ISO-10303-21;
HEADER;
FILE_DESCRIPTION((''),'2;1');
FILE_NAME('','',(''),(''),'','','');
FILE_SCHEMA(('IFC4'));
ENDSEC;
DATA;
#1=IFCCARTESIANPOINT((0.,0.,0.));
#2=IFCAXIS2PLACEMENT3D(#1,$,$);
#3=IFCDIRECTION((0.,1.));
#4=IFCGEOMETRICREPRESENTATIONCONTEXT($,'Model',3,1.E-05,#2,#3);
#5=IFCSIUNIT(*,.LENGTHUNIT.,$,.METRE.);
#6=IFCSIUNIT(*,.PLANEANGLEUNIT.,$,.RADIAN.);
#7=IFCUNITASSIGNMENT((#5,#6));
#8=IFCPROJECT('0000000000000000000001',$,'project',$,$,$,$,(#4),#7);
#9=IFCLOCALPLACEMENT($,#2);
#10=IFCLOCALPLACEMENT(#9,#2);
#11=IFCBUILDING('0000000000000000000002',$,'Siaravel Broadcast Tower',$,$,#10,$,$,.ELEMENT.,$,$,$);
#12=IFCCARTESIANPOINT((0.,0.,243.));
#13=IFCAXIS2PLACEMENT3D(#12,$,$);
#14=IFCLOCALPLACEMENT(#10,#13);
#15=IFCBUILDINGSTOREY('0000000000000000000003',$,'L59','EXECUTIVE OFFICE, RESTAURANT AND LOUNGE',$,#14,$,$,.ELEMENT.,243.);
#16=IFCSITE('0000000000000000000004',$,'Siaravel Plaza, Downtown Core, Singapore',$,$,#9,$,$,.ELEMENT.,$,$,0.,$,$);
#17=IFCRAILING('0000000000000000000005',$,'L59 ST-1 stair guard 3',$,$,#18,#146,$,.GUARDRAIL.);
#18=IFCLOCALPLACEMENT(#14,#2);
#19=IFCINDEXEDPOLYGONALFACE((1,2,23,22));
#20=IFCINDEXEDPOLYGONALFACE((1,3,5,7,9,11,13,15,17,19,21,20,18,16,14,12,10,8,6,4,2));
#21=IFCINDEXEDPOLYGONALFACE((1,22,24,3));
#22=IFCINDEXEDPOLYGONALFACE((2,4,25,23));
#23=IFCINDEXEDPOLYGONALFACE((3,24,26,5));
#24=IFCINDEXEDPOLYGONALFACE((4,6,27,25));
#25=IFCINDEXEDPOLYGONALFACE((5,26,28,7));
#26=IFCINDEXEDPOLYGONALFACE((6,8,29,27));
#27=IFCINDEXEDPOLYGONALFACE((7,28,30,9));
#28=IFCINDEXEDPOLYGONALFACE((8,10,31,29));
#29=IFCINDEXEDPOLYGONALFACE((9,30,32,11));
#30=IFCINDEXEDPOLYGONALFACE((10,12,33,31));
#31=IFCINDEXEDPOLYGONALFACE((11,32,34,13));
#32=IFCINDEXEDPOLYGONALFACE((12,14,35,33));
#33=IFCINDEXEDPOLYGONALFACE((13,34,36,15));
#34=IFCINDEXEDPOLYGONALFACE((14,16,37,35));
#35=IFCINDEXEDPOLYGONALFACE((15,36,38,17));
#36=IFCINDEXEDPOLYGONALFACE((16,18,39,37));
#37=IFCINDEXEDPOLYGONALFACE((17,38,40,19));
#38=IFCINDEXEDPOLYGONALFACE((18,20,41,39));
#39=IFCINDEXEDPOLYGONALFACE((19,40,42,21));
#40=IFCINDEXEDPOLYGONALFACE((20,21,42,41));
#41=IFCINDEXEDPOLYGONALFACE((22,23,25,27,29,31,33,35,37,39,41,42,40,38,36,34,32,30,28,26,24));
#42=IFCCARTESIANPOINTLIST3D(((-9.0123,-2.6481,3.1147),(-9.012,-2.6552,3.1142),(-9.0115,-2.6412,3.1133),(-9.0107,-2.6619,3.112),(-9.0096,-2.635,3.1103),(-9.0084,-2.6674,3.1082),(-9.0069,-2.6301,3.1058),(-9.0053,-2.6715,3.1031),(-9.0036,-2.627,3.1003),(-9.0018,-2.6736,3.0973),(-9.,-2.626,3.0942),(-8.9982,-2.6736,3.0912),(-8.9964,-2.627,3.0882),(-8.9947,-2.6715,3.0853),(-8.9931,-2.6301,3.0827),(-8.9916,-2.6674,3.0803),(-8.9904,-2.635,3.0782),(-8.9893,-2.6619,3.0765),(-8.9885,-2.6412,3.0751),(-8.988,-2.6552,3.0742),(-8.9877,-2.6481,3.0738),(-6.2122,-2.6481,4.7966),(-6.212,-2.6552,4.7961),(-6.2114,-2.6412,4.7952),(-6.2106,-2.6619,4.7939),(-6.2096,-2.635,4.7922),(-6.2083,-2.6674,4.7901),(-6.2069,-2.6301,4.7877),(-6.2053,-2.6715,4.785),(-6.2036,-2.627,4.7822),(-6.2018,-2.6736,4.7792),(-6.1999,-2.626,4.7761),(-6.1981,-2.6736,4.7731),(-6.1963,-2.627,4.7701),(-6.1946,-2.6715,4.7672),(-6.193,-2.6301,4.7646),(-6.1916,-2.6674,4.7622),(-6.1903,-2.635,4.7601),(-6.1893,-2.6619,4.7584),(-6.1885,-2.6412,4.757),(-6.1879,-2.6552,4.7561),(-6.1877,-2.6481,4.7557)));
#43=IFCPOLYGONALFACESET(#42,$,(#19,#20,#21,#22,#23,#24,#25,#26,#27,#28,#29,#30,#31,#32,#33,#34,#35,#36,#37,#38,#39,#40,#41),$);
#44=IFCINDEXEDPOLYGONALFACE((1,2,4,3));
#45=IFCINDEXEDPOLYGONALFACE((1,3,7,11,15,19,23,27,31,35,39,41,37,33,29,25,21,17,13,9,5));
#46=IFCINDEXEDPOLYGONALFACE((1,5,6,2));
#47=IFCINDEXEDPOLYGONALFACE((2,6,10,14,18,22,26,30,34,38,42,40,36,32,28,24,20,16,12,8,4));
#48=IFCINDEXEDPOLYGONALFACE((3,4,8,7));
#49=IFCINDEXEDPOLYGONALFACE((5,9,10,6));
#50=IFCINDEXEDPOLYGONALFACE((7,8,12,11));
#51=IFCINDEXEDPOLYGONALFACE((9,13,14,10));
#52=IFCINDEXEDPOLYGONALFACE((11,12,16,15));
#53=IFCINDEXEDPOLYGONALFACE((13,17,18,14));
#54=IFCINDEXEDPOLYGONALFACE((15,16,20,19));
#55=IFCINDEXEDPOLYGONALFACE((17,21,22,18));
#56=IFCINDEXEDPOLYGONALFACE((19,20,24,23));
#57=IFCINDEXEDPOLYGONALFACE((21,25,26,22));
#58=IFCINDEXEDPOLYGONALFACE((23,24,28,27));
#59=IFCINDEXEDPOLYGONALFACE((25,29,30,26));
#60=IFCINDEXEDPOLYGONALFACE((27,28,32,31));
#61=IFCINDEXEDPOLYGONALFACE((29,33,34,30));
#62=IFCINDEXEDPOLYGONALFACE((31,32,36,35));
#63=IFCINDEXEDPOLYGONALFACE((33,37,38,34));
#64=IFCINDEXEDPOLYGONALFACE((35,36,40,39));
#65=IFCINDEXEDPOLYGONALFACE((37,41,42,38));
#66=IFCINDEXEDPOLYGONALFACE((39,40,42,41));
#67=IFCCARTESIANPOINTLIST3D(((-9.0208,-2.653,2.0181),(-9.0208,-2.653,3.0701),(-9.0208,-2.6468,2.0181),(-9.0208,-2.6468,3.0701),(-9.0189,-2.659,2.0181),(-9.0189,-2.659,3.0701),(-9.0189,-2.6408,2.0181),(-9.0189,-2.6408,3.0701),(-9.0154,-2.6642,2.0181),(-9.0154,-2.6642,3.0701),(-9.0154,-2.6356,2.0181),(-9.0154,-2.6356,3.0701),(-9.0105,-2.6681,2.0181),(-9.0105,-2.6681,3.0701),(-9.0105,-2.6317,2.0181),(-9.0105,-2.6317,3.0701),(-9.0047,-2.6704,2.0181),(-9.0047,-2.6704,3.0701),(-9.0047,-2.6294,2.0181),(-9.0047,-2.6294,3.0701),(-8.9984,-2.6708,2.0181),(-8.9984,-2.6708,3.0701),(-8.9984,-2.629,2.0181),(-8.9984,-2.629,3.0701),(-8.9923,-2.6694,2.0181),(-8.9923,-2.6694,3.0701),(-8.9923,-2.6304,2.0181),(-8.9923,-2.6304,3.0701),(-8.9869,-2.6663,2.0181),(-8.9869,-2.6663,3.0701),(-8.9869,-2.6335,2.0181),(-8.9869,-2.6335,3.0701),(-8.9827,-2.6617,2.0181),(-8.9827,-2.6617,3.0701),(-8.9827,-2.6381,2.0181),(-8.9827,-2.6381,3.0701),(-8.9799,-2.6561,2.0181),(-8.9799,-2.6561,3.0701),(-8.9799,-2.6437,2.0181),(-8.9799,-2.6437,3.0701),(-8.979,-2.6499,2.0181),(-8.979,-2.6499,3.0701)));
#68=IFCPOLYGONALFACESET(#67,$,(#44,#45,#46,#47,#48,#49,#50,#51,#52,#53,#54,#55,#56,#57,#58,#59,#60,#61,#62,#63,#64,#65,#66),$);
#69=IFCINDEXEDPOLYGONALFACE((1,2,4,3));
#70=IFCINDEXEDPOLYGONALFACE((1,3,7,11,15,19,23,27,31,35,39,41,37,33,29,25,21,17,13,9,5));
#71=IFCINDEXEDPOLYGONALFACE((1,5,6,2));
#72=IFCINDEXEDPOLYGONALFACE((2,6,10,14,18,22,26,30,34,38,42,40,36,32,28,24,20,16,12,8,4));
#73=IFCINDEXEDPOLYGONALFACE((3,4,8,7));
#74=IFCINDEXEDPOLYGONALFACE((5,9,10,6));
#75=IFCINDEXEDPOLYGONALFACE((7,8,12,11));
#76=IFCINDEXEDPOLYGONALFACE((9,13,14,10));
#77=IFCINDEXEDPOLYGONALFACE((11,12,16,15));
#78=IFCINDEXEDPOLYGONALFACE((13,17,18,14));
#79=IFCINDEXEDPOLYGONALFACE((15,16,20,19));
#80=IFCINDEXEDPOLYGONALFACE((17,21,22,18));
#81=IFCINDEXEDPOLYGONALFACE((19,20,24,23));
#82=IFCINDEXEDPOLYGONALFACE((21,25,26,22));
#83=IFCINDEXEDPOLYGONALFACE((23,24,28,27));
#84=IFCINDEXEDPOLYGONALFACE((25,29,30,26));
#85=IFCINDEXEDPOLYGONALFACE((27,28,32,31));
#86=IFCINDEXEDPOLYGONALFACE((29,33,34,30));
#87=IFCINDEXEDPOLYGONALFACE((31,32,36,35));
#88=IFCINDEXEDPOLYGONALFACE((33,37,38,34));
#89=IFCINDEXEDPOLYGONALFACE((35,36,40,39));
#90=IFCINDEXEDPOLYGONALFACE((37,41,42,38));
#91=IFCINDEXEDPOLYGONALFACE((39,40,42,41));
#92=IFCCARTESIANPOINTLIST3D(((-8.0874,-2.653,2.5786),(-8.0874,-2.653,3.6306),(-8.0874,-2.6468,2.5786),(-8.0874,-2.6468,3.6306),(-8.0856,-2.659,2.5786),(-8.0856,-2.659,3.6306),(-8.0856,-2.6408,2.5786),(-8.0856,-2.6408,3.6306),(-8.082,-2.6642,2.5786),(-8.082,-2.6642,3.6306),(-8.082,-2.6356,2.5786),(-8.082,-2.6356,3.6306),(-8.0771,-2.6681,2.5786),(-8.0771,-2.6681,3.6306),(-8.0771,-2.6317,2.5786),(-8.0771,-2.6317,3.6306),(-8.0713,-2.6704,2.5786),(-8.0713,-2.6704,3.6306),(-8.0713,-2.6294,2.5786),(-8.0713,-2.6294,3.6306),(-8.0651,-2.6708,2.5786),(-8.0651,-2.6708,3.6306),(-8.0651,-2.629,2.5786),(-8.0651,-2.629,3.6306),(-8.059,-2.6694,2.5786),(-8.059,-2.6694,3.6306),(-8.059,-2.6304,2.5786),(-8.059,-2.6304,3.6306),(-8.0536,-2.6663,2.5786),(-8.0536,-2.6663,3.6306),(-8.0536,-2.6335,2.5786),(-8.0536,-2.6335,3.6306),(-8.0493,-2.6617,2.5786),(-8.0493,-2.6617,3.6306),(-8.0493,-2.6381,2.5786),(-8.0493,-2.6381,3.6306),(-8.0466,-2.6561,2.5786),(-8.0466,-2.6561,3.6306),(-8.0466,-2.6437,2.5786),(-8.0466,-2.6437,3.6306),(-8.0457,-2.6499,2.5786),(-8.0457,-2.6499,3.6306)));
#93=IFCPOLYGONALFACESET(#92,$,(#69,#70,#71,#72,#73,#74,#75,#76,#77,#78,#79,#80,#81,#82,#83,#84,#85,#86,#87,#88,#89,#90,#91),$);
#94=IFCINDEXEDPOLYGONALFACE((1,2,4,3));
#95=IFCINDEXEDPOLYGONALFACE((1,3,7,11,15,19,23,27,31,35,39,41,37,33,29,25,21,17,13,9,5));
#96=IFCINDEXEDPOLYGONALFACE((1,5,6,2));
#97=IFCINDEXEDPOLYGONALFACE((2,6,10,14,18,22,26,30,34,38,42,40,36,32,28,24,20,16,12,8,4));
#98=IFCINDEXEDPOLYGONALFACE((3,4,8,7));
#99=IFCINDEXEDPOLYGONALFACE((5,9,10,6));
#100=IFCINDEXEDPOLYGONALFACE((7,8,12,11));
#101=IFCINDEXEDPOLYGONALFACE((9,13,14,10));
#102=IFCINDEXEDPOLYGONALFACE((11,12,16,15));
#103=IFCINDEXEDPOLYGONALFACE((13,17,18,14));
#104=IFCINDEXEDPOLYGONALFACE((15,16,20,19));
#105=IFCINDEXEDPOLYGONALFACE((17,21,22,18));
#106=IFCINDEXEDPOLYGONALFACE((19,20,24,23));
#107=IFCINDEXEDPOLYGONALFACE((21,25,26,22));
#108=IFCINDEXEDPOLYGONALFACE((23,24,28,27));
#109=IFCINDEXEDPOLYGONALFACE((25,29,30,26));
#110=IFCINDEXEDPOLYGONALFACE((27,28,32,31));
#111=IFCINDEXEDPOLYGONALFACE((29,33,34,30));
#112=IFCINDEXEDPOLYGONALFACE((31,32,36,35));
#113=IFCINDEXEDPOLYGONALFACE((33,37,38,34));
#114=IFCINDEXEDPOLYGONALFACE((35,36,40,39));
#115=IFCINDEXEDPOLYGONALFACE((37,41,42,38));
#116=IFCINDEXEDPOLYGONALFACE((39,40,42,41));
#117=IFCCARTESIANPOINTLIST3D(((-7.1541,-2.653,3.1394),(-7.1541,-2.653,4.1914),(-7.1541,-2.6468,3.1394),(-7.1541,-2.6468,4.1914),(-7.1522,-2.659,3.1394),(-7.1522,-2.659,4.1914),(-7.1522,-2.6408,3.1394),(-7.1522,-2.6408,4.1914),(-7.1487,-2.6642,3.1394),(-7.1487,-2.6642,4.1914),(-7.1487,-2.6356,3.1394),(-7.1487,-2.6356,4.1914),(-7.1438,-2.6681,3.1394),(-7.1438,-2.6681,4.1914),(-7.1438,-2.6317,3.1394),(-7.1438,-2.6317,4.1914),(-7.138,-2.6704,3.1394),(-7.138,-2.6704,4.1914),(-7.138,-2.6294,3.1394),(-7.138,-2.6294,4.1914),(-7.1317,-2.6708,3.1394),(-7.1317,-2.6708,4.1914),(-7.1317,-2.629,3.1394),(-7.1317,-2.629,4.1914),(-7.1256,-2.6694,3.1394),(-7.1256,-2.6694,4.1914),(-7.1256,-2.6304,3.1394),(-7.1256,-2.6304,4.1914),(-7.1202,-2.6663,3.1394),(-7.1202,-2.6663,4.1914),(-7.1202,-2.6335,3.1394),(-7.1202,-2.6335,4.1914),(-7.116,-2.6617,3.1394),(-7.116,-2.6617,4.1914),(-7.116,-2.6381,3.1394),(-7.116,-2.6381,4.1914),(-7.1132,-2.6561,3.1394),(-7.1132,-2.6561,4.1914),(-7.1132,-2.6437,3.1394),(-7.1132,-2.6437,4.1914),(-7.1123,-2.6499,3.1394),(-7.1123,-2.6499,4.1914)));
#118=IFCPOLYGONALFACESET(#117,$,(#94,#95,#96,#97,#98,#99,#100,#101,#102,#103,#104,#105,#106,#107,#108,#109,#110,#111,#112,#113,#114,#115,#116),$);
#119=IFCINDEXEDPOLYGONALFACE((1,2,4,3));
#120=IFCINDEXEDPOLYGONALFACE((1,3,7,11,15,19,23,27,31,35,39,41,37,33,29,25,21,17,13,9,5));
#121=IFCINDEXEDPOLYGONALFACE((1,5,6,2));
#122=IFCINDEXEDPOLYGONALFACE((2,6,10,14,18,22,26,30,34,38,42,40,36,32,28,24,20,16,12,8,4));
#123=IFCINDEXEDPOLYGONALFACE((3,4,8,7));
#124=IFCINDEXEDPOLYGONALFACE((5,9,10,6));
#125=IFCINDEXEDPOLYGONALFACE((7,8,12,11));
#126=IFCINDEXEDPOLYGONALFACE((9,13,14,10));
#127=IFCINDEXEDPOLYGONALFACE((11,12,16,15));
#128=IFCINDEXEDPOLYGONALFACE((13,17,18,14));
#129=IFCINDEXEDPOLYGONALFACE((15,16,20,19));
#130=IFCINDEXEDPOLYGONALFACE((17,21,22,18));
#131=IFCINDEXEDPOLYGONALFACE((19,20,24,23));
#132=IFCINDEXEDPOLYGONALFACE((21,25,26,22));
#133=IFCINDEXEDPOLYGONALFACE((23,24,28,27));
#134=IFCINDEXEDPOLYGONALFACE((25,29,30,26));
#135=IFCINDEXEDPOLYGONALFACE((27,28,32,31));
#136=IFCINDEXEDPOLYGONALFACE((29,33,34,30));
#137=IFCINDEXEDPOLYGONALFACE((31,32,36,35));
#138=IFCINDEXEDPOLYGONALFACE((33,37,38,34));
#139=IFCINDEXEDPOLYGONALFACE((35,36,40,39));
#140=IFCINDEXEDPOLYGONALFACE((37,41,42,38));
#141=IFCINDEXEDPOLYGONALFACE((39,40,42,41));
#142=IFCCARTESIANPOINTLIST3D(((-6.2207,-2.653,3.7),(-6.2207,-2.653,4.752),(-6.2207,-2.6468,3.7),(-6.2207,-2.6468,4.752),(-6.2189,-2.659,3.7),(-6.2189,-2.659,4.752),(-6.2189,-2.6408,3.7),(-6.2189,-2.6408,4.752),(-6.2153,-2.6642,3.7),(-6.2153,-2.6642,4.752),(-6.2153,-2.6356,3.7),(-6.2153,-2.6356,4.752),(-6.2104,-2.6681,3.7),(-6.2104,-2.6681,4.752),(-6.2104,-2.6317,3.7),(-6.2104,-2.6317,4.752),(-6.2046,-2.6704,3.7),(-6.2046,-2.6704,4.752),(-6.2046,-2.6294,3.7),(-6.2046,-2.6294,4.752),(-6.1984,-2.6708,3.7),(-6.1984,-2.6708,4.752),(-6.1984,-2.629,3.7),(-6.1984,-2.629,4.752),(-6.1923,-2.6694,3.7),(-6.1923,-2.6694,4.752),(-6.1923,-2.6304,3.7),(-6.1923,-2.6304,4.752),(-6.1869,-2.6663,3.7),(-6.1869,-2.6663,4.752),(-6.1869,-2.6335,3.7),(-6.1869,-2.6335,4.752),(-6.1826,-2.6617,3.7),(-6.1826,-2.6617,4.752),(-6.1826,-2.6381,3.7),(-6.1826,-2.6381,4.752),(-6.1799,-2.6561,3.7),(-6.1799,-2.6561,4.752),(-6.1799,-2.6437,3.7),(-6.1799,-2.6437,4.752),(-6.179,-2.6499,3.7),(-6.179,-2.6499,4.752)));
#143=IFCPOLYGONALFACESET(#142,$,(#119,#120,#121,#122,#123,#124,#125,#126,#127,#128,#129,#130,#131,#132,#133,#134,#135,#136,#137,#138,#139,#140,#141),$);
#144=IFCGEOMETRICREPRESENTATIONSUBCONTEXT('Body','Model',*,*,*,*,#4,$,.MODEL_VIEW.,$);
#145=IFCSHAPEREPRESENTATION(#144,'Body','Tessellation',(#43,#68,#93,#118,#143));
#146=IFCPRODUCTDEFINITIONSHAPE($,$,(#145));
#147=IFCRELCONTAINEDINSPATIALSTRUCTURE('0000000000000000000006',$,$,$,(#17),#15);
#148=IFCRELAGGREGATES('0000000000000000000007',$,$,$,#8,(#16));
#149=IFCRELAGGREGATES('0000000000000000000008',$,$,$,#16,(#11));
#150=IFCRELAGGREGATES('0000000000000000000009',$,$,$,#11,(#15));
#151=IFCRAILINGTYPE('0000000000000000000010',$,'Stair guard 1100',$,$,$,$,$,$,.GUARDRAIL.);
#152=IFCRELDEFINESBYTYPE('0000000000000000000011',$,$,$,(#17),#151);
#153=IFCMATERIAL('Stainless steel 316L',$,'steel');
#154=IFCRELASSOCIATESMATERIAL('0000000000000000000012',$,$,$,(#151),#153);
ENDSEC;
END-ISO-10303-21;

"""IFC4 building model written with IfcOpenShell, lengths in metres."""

from ifc_helpers import new_model, si_unit, direction, frame, origin, origin_2d, place, context, subcontext, project, spatial, circle, extrude, material, type_object, element, save


model = new_model("IFC4")

# Units and contexts
model_context = context("Model", 3, precision=1e-05, world=origin(), true_north=direction((0.0, 1.0)))
body_context = subcontext(model_context, "Body", "Model", "MODEL_VIEW")
ifc_project = project(units=[si_unit("LENGTHUNIT", "METRE"), si_unit("PLANEANGLEUNIT", "RADIAN")], contexts=[model_context])

# Site, building, storey
site_placement = place(None, origin())
site = spatial("IfcSite", under=ifc_project, at=site_placement, Name="Siaravel Plaza, Downtown Core, Singapore", CompositionType="ELEMENT", RefElevation=0.0)
building_placement = place(site_placement, origin())
building = spatial("IfcBuilding", under=site, at=building_placement, Name="Siaravel Broadcast Tower", CompositionType="ELEMENT")
storey_placement = place(building_placement, frame((0.0, 0.0, 243.0)))
storey = spatial("IfcBuildingStorey", under=building, at=storey_placement, Name="L59", Description="EXECUTIVE OFFICE, RESTAURANT AND LOUNGE", CompositionType="ELEMENT", Elevation=243.0)

# Shared definitions
ifc_material_1 = material(Name="Stainless steel 316L", Category="steel")

# Railing
railing_type_1 = type_object("IfcRailingType", Name="Stair guard 1100", PredefinedType="GUARDRAIL", material=ifc_material_1)
railing_1_placement = place(storey_placement, frame((-9.0, -2.6499, 2.0181)))
element("IfcRailing", 1, at=railing_1_placement, inside=storey, type_object=railing_type_1, Name="L59 ST-1 stair guard 3", PredefinedType="GUARDRAIL", context=body_context, shape_type="SweptSolid", body=[
    extrude(circle(Radius=0.0239, at=origin_2d()), frame((0.0, 0.0, 1.0762), z_axis=(0.857242, 0.0, 0.514913), x_axis=(0.0, 1.0, 0.0)), (0.0, 0.0, 1.0), 3.2664),
    extrude(circle(Radius=0.021, at=origin_2d()), origin(), (0.0, 0.0, 1.0), 1.052),
    extrude(circle(Radius=0.021, at=origin_2d()), frame((0.9333, 0.0, 0.5605)), (0.0, 0.0, 1.0), 1.052),
    extrude(circle(Radius=0.021, at=origin_2d()), frame((1.8667, 0.0, 1.1213)), (0.0, 0.0, 1.0), 1.052),
    extrude(circle(Radius=0.021, at=origin_2d()), frame((2.8, 0.0, 1.6819)), (0.0, 0.0, 1.0), 1.052),
])

save(model, "model.ifc")
